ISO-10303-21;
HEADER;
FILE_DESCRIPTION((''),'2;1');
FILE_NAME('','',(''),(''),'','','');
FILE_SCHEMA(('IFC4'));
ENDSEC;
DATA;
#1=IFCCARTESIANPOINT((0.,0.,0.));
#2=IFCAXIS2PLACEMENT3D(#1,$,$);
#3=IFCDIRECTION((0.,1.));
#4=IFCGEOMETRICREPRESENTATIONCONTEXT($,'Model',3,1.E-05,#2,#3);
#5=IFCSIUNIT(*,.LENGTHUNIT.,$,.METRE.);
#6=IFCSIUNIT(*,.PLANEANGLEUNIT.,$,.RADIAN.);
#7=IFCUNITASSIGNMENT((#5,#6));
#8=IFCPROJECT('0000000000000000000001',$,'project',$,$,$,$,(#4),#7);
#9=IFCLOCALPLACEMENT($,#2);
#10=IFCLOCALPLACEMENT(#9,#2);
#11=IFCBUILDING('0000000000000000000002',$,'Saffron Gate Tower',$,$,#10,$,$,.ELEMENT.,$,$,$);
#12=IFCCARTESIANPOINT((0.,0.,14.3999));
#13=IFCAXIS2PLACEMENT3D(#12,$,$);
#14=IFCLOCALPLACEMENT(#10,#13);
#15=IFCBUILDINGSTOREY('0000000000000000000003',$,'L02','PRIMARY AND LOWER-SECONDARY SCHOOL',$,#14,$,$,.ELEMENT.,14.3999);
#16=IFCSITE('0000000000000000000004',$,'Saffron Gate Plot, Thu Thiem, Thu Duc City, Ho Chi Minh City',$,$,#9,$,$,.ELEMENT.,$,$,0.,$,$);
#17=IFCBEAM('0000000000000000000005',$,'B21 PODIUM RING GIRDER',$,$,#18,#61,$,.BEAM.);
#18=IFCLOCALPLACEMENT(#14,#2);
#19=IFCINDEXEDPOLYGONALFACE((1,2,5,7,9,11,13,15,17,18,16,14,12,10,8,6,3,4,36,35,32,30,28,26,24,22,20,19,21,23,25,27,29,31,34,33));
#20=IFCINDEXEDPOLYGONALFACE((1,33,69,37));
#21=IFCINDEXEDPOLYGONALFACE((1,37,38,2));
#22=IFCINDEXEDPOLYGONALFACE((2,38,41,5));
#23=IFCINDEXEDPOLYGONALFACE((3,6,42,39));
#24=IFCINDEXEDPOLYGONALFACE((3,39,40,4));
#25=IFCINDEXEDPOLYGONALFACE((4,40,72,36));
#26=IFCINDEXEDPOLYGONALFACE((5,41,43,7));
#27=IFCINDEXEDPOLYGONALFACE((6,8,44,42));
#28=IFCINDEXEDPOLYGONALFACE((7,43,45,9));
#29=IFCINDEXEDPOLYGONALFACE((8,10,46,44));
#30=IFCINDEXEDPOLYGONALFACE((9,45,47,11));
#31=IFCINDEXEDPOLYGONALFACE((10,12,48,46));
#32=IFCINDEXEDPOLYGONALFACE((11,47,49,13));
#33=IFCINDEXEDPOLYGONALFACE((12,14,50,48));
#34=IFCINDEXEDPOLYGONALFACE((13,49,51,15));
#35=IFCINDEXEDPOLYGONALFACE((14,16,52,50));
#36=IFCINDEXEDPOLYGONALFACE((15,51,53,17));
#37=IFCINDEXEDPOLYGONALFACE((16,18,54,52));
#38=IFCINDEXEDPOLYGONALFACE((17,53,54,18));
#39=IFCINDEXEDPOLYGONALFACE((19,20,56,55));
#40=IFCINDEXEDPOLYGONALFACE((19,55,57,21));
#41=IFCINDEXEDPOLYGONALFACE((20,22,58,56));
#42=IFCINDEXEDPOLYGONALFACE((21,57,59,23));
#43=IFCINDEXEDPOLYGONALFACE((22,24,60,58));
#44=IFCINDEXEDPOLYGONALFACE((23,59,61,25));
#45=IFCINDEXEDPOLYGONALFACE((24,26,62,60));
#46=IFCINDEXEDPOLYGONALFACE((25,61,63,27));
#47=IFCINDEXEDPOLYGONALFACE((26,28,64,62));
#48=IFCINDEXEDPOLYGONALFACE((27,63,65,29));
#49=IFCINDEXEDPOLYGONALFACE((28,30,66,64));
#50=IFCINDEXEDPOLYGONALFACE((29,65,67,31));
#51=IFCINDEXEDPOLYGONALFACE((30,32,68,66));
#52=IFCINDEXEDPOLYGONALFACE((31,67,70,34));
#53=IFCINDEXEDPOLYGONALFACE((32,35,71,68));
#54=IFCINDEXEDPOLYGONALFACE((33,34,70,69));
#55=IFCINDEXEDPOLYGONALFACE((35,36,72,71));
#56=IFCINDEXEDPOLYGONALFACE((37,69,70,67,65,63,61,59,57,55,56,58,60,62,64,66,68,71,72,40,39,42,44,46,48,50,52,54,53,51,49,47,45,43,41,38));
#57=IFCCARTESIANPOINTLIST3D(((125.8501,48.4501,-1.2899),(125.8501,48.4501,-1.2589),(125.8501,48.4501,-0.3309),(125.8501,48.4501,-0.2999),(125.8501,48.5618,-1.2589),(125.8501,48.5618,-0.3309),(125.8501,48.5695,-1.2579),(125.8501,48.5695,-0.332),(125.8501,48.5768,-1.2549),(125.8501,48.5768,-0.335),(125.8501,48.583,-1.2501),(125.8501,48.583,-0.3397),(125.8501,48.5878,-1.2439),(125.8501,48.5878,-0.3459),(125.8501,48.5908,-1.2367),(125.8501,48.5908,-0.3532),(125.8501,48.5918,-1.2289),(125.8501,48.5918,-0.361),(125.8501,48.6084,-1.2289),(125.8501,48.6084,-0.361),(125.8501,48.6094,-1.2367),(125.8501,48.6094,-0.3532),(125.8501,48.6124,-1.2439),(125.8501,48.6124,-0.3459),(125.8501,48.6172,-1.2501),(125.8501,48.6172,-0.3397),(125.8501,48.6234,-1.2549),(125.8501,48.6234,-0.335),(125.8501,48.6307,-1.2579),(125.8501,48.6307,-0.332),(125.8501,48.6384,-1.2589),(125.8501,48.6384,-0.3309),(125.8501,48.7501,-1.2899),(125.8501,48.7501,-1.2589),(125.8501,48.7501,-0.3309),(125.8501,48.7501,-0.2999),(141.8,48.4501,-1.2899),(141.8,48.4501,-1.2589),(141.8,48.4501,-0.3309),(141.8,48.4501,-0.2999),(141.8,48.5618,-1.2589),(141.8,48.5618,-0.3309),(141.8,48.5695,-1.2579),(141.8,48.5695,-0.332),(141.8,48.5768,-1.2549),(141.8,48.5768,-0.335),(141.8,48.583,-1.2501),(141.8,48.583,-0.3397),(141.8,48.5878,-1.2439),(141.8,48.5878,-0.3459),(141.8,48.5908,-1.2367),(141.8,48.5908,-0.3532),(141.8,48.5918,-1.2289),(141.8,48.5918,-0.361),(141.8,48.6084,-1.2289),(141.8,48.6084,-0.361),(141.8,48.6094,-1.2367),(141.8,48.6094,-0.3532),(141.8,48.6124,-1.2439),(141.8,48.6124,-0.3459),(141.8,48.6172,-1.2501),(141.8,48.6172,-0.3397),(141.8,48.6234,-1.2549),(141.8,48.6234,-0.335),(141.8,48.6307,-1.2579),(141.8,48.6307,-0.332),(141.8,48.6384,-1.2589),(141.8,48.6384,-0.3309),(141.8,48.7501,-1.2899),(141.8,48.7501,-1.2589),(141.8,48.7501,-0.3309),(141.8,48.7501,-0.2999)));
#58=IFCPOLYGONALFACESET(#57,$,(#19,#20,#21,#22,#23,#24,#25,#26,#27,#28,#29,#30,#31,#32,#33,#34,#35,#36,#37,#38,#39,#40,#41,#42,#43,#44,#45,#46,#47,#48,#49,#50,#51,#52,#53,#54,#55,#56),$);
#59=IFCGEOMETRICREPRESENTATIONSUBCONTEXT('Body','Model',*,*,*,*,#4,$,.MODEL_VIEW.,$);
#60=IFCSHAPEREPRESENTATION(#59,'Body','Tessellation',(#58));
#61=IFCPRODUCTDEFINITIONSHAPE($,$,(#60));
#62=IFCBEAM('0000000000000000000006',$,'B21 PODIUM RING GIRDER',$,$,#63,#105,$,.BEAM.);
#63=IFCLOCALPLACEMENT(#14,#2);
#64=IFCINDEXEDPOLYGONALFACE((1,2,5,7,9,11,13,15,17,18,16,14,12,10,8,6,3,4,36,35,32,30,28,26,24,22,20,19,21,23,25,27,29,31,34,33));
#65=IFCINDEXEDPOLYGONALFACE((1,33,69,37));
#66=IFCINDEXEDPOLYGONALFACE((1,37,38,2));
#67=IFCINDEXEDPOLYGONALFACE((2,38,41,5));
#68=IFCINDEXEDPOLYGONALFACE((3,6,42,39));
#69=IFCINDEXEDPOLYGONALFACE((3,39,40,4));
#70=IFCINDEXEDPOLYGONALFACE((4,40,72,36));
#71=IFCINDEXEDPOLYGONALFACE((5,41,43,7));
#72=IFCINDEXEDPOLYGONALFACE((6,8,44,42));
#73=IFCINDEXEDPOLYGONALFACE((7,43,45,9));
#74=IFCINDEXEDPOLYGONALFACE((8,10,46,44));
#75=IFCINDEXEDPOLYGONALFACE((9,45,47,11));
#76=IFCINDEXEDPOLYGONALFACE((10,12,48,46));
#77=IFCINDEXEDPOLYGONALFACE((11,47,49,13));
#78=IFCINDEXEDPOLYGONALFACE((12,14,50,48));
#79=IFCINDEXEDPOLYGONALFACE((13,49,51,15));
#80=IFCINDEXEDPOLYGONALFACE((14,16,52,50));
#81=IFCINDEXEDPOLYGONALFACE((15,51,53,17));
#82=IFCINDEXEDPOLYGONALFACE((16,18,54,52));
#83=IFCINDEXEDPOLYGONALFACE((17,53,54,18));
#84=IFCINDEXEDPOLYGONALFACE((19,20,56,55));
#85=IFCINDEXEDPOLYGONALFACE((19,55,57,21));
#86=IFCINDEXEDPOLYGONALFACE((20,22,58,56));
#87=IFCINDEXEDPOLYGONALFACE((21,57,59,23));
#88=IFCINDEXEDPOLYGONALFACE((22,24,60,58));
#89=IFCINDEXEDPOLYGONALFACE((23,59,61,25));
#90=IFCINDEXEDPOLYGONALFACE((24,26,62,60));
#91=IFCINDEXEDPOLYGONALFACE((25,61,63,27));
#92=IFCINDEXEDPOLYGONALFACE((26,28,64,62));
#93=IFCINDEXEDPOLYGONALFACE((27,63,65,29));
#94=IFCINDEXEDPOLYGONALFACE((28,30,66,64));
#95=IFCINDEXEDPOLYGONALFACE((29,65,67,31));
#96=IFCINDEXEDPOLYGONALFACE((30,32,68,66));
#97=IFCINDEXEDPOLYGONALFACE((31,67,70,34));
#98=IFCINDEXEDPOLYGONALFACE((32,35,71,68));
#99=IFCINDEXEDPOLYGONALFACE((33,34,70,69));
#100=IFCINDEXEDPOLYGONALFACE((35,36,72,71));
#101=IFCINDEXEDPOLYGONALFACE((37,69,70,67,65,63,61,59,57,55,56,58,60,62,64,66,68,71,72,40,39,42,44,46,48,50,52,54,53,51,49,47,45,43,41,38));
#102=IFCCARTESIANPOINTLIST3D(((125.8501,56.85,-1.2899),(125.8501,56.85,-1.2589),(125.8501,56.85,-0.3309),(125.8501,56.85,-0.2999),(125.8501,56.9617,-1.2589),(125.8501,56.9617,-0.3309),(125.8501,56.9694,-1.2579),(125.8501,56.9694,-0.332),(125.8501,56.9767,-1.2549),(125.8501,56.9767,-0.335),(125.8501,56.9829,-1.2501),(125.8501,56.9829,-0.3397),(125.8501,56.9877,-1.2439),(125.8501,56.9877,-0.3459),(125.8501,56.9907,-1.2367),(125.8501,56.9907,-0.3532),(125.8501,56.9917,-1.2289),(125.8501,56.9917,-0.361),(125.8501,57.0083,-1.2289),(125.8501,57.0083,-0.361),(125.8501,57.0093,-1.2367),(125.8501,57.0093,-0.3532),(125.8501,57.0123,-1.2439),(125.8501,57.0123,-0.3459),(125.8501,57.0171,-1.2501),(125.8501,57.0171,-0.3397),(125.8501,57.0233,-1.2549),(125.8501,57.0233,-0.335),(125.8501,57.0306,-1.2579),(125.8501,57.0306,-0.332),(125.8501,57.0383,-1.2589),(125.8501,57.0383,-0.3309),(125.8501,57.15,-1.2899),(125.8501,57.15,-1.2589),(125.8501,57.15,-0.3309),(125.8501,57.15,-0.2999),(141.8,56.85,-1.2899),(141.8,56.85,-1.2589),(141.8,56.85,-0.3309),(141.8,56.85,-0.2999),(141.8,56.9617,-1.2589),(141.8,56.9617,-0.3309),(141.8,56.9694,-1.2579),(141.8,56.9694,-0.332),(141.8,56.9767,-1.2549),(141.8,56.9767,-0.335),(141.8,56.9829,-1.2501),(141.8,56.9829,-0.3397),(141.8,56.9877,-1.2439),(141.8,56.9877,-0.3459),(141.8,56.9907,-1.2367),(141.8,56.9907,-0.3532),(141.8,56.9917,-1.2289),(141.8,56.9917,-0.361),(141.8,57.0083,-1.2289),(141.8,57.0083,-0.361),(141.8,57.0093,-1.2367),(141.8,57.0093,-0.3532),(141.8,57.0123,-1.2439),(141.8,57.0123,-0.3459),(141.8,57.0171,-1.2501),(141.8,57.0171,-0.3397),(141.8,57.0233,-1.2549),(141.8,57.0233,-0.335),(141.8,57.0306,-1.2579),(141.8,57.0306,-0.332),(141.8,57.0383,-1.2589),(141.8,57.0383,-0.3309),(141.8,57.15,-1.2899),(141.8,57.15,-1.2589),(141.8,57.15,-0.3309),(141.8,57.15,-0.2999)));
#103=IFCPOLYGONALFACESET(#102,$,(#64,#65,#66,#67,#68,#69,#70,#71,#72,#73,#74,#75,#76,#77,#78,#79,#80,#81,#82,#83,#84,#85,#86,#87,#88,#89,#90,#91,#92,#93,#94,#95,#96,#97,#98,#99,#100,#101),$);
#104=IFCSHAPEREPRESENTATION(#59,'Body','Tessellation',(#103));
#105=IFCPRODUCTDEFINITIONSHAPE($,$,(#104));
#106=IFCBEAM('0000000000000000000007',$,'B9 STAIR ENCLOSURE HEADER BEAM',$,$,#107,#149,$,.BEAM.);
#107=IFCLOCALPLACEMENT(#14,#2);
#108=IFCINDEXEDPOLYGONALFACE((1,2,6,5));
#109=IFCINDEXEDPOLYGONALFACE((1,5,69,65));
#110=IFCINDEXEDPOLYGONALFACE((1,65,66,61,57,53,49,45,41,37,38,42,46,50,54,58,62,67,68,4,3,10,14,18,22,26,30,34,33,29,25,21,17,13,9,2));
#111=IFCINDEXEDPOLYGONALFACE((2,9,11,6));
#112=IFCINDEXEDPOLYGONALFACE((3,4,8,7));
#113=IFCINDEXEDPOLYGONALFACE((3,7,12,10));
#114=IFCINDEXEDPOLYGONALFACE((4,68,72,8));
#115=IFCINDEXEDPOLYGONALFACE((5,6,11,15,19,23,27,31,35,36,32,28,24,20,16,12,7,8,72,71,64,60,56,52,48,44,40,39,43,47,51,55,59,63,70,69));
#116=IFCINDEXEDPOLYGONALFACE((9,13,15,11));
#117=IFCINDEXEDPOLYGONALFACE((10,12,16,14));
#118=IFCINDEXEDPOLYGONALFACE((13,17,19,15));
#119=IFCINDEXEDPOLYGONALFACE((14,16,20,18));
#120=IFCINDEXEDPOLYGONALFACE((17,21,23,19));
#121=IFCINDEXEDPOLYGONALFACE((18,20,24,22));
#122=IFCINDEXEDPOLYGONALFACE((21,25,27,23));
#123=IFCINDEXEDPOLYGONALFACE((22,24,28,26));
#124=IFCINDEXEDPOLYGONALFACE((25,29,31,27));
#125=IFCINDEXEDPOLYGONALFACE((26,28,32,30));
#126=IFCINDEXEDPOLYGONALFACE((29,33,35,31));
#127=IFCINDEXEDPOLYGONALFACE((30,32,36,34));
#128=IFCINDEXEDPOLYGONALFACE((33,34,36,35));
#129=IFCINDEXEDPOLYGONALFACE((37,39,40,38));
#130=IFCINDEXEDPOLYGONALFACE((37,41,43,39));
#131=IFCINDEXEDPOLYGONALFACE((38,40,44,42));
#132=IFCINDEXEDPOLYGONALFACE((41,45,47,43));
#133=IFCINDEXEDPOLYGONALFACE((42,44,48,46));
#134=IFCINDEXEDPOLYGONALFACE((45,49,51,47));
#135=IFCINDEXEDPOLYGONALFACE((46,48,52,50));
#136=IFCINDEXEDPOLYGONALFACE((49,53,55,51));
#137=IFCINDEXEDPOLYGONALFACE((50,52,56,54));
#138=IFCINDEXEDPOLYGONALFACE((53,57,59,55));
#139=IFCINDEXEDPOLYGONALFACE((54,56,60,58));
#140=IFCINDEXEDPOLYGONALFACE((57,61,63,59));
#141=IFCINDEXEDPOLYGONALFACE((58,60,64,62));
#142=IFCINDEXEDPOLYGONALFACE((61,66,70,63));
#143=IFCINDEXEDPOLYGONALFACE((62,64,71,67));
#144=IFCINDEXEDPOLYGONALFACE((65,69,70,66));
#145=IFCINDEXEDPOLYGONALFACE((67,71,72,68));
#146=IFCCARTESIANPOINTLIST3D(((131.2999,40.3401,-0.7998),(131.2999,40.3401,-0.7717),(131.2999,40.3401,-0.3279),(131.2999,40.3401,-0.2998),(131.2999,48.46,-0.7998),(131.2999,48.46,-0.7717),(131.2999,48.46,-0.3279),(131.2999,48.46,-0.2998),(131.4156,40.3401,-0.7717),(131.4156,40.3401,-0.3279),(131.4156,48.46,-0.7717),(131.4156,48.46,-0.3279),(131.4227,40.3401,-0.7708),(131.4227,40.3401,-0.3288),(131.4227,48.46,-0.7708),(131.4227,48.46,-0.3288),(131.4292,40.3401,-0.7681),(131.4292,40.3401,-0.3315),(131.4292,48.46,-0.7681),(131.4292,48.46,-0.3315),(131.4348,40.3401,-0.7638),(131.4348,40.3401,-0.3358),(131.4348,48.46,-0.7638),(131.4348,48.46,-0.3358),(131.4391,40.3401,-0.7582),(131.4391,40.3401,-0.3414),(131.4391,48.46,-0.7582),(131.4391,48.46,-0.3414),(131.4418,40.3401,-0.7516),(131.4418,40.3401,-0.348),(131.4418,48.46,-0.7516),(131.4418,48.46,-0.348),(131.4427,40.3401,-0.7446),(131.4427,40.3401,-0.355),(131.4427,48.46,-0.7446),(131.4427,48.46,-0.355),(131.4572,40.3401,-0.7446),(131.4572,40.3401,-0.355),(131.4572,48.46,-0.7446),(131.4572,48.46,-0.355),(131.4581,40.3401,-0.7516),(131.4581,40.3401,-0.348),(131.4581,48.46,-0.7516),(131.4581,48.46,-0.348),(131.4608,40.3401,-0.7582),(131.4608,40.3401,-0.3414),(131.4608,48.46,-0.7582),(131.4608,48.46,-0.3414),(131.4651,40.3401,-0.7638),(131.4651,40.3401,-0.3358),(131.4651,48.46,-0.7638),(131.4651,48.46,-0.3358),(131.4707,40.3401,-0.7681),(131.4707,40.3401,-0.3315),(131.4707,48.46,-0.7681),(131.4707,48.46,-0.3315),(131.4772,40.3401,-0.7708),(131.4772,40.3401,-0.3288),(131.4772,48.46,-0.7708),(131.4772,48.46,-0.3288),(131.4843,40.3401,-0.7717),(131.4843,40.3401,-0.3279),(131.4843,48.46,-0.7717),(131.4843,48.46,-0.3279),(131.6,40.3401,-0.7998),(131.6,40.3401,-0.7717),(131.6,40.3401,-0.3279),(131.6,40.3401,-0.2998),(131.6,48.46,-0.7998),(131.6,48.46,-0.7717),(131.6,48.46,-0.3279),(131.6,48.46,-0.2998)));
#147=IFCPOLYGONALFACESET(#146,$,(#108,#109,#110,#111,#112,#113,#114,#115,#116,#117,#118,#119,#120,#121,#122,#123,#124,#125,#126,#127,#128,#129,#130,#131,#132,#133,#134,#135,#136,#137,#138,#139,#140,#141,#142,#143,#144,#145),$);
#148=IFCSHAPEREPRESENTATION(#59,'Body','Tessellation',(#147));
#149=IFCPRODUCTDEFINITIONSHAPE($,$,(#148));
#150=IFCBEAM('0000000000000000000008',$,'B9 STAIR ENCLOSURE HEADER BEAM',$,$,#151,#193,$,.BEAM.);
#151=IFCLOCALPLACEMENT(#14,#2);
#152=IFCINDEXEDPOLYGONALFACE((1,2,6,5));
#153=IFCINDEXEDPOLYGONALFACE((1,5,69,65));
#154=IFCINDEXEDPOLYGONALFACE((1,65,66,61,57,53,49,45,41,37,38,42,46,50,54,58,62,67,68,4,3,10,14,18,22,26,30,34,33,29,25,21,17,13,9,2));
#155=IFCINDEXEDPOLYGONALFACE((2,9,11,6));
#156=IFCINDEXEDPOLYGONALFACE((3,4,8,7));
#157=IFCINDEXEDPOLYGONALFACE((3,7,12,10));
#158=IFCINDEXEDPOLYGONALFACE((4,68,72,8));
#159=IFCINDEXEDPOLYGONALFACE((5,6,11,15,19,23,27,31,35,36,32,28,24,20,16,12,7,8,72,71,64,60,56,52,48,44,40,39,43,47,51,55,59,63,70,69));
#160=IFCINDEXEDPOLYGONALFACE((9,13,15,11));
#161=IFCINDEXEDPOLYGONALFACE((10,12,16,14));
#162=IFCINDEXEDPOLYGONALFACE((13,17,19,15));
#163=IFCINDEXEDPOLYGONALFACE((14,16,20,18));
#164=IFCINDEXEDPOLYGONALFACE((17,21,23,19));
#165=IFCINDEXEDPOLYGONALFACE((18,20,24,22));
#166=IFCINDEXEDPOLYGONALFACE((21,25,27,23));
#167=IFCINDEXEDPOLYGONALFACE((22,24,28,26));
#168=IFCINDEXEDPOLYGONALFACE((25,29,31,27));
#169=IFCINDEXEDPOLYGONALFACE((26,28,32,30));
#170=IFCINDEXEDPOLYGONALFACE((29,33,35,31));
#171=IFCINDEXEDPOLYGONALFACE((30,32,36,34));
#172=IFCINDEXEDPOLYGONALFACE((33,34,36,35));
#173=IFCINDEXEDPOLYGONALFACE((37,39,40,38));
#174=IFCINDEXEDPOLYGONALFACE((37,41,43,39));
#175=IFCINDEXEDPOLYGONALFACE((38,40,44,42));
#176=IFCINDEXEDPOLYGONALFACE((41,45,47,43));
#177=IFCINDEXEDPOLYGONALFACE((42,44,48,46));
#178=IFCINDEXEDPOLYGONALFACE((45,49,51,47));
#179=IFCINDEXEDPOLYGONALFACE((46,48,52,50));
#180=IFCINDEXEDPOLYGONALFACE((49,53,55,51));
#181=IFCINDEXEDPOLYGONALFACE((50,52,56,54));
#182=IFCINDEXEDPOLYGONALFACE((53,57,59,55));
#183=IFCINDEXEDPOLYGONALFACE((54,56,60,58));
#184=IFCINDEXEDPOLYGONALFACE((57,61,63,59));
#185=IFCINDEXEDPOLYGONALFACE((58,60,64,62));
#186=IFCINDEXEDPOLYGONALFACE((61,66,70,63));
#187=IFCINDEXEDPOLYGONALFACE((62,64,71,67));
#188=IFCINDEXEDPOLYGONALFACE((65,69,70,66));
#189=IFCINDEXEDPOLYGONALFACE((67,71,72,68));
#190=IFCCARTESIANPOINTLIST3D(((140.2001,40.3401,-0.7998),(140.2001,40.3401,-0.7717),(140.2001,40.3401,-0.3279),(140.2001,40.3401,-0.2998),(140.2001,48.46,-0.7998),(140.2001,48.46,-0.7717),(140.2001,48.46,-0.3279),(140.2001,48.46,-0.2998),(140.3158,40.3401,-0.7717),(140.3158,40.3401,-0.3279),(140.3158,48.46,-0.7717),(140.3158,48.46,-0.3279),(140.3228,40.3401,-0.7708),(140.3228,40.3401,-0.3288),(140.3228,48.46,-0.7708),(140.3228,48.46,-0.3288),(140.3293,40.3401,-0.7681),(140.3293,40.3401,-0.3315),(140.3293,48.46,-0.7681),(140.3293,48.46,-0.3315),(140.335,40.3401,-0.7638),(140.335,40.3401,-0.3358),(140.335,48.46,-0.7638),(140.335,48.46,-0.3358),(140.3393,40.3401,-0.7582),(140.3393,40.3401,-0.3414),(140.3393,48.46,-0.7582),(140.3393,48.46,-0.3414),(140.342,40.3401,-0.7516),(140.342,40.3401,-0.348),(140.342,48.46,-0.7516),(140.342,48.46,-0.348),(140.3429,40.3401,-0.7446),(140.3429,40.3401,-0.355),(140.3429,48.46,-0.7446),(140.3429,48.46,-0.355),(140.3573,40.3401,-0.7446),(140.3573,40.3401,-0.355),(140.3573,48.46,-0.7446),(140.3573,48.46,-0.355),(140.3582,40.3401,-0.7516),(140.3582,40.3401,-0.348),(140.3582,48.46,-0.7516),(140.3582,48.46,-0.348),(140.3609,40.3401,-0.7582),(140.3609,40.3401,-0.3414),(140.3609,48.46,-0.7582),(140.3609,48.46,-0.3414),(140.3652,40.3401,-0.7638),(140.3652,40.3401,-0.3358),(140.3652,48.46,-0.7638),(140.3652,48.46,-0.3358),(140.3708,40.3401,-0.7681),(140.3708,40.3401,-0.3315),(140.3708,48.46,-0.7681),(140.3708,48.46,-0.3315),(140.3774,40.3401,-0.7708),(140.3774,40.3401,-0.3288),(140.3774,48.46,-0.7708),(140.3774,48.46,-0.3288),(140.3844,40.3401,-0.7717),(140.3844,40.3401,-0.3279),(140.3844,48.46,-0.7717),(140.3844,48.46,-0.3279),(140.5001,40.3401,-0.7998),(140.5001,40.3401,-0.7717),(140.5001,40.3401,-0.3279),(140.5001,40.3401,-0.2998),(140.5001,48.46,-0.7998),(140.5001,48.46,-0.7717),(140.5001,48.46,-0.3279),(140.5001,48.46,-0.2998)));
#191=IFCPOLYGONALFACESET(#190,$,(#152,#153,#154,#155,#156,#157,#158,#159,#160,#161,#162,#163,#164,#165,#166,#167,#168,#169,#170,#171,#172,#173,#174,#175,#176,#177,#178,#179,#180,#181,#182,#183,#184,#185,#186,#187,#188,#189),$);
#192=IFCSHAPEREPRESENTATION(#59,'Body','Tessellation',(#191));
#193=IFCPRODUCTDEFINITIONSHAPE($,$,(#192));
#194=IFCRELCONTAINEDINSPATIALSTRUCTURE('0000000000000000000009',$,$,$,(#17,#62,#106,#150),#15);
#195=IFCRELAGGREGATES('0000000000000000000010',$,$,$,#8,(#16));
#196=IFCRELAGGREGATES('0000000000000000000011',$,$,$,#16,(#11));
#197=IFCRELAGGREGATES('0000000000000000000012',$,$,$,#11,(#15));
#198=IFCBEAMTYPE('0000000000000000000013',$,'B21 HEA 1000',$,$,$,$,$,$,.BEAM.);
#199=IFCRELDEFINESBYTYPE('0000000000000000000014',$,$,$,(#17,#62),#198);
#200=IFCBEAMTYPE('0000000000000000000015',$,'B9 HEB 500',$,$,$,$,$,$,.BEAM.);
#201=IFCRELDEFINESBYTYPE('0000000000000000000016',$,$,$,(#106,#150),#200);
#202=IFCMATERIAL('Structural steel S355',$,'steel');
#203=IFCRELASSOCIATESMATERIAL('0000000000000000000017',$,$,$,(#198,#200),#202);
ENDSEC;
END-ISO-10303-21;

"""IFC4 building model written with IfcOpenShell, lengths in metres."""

from ifc_helpers import new_model, si_unit, direction, frame, origin, origin_2d, place, context, subcontext, project, spatial, i_section, extrude, material, material_profile, profile_set, type_object, element, save


model = new_model("IFC4")

# Units and contexts
model_context = context("Model", 3, precision=1e-05, world=origin(), true_north=direction((0.0, 1.0)))
body_context = subcontext(model_context, "Body", "Model", "MODEL_VIEW")
ifc_project = project(units=[si_unit("LENGTHUNIT", "METRE"), si_unit("PLANEANGLEUNIT", "RADIAN")], contexts=[model_context])

# Site, building, storey
site_placement = place(None, origin())
site = spatial("IfcSite", under=ifc_project, at=site_placement, Name="Saffron Gate Plot, Thu Thiem, Thu Duc City, Ho Chi Minh City", CompositionType="ELEMENT", RefElevation=0.0)
building_placement = place(site_placement, origin())
building = spatial("IfcBuilding", under=site, at=building_placement, Name="Saffron Gate Tower", CompositionType="ELEMENT")
storey_placement = place(building_placement, frame((0.0, 0.0, 14.3999)))
storey = spatial("IfcBuildingStorey", under=building, at=storey_placement, Name="L02", Description="PRIMARY AND LOWER-SECONDARY SCHOOL", CompositionType="ELEMENT", Elevation=14.3999)

# Beams
ifc_material_1 = material(Name="Structural steel S355", Category="steel")
ifc_material_profile_1 = material_profile(ifc_material_1, i_section(OverallWidth=0.3, OverallDepth=0.99, WebThickness=0.0166, FlangeThickness=0.031, FilletRadius=0.03, at=origin_2d()))
ifc_profile_set_1 = profile_set([ifc_material_profile_1], Name="Structural steel S355")
beam_type_1 = type_object("IfcBeamType", Name="B21 HEA 1000", PredefinedType="BEAM", material=ifc_profile_set_1)
for number, where, z_axis, x_axis, name in (
    (1, (141.8, 48.6001, -0.7949), (-1.0, 0.0, 0.0), (0.0, -1.0, 0.0), "B21 PODIUM RING GIRDER"),
    (2, (141.8, 57.0, -0.7949), (-1.0, 0.0, 0.0), (0.0, -1.0, 0.0), "B21 PODIUM RING GIRDER"),
):
    element("IfcBeam", number, at=place(storey_placement, frame(where, z_axis=z_axis, x_axis=x_axis)), inside=storey, type_object=beam_type_1, Name=name, PredefinedType="BEAM", context=body_context, shape_type="SweptSolid", body=[
        extrude(i_section(OverallWidth=0.3, OverallDepth=0.99, WebThickness=0.0166, FlangeThickness=0.031, FilletRadius=0.03, at=origin_2d()), origin(), (0.0, 0.0, 1.0), 15.95),
    ])
ifc_material_profile_2 = material_profile(ifc_material_1, i_section(OverallWidth=0.3, OverallDepth=0.5, WebThickness=0.0144, FlangeThickness=0.0281, FilletRadius=0.0271, at=origin_2d()))
ifc_profile_set_2 = profile_set([ifc_material_profile_2], Name="Structural steel S355")
beam_type_2 = type_object("IfcBeamType", Name="B9 HEB 500", PredefinedType="BEAM", material=ifc_profile_set_2)
for number, where, z_axis, x_axis, name in (
    (3, (131.45, 40.3401, -0.5498), (0.0, 1.0, 0.0), (-1.0, 0.0, 0.0), "B9 STAIR ENCLOSURE HEADER BEAM"),
    (4, (140.3501, 40.3401, -0.5498), (0.0, 1.0, 0.0), (-1.0, 0.0, 0.0), "B9 STAIR ENCLOSURE HEADER BEAM"),
):
    element("IfcBeam", number, at=place(storey_placement, frame(where, z_axis=z_axis, x_axis=x_axis)), inside=storey, type_object=beam_type_2, Name=name, PredefinedType="BEAM", context=body_context, shape_type="SweptSolid", body=[
        extrude(i_section(OverallWidth=0.3, OverallDepth=0.5, WebThickness=0.0144, FlangeThickness=0.0281, FilletRadius=0.0271, at=origin_2d()), origin(), (0.0, 0.0, 1.0), 8.1199),
    ])

save(model, "model.ifc")
